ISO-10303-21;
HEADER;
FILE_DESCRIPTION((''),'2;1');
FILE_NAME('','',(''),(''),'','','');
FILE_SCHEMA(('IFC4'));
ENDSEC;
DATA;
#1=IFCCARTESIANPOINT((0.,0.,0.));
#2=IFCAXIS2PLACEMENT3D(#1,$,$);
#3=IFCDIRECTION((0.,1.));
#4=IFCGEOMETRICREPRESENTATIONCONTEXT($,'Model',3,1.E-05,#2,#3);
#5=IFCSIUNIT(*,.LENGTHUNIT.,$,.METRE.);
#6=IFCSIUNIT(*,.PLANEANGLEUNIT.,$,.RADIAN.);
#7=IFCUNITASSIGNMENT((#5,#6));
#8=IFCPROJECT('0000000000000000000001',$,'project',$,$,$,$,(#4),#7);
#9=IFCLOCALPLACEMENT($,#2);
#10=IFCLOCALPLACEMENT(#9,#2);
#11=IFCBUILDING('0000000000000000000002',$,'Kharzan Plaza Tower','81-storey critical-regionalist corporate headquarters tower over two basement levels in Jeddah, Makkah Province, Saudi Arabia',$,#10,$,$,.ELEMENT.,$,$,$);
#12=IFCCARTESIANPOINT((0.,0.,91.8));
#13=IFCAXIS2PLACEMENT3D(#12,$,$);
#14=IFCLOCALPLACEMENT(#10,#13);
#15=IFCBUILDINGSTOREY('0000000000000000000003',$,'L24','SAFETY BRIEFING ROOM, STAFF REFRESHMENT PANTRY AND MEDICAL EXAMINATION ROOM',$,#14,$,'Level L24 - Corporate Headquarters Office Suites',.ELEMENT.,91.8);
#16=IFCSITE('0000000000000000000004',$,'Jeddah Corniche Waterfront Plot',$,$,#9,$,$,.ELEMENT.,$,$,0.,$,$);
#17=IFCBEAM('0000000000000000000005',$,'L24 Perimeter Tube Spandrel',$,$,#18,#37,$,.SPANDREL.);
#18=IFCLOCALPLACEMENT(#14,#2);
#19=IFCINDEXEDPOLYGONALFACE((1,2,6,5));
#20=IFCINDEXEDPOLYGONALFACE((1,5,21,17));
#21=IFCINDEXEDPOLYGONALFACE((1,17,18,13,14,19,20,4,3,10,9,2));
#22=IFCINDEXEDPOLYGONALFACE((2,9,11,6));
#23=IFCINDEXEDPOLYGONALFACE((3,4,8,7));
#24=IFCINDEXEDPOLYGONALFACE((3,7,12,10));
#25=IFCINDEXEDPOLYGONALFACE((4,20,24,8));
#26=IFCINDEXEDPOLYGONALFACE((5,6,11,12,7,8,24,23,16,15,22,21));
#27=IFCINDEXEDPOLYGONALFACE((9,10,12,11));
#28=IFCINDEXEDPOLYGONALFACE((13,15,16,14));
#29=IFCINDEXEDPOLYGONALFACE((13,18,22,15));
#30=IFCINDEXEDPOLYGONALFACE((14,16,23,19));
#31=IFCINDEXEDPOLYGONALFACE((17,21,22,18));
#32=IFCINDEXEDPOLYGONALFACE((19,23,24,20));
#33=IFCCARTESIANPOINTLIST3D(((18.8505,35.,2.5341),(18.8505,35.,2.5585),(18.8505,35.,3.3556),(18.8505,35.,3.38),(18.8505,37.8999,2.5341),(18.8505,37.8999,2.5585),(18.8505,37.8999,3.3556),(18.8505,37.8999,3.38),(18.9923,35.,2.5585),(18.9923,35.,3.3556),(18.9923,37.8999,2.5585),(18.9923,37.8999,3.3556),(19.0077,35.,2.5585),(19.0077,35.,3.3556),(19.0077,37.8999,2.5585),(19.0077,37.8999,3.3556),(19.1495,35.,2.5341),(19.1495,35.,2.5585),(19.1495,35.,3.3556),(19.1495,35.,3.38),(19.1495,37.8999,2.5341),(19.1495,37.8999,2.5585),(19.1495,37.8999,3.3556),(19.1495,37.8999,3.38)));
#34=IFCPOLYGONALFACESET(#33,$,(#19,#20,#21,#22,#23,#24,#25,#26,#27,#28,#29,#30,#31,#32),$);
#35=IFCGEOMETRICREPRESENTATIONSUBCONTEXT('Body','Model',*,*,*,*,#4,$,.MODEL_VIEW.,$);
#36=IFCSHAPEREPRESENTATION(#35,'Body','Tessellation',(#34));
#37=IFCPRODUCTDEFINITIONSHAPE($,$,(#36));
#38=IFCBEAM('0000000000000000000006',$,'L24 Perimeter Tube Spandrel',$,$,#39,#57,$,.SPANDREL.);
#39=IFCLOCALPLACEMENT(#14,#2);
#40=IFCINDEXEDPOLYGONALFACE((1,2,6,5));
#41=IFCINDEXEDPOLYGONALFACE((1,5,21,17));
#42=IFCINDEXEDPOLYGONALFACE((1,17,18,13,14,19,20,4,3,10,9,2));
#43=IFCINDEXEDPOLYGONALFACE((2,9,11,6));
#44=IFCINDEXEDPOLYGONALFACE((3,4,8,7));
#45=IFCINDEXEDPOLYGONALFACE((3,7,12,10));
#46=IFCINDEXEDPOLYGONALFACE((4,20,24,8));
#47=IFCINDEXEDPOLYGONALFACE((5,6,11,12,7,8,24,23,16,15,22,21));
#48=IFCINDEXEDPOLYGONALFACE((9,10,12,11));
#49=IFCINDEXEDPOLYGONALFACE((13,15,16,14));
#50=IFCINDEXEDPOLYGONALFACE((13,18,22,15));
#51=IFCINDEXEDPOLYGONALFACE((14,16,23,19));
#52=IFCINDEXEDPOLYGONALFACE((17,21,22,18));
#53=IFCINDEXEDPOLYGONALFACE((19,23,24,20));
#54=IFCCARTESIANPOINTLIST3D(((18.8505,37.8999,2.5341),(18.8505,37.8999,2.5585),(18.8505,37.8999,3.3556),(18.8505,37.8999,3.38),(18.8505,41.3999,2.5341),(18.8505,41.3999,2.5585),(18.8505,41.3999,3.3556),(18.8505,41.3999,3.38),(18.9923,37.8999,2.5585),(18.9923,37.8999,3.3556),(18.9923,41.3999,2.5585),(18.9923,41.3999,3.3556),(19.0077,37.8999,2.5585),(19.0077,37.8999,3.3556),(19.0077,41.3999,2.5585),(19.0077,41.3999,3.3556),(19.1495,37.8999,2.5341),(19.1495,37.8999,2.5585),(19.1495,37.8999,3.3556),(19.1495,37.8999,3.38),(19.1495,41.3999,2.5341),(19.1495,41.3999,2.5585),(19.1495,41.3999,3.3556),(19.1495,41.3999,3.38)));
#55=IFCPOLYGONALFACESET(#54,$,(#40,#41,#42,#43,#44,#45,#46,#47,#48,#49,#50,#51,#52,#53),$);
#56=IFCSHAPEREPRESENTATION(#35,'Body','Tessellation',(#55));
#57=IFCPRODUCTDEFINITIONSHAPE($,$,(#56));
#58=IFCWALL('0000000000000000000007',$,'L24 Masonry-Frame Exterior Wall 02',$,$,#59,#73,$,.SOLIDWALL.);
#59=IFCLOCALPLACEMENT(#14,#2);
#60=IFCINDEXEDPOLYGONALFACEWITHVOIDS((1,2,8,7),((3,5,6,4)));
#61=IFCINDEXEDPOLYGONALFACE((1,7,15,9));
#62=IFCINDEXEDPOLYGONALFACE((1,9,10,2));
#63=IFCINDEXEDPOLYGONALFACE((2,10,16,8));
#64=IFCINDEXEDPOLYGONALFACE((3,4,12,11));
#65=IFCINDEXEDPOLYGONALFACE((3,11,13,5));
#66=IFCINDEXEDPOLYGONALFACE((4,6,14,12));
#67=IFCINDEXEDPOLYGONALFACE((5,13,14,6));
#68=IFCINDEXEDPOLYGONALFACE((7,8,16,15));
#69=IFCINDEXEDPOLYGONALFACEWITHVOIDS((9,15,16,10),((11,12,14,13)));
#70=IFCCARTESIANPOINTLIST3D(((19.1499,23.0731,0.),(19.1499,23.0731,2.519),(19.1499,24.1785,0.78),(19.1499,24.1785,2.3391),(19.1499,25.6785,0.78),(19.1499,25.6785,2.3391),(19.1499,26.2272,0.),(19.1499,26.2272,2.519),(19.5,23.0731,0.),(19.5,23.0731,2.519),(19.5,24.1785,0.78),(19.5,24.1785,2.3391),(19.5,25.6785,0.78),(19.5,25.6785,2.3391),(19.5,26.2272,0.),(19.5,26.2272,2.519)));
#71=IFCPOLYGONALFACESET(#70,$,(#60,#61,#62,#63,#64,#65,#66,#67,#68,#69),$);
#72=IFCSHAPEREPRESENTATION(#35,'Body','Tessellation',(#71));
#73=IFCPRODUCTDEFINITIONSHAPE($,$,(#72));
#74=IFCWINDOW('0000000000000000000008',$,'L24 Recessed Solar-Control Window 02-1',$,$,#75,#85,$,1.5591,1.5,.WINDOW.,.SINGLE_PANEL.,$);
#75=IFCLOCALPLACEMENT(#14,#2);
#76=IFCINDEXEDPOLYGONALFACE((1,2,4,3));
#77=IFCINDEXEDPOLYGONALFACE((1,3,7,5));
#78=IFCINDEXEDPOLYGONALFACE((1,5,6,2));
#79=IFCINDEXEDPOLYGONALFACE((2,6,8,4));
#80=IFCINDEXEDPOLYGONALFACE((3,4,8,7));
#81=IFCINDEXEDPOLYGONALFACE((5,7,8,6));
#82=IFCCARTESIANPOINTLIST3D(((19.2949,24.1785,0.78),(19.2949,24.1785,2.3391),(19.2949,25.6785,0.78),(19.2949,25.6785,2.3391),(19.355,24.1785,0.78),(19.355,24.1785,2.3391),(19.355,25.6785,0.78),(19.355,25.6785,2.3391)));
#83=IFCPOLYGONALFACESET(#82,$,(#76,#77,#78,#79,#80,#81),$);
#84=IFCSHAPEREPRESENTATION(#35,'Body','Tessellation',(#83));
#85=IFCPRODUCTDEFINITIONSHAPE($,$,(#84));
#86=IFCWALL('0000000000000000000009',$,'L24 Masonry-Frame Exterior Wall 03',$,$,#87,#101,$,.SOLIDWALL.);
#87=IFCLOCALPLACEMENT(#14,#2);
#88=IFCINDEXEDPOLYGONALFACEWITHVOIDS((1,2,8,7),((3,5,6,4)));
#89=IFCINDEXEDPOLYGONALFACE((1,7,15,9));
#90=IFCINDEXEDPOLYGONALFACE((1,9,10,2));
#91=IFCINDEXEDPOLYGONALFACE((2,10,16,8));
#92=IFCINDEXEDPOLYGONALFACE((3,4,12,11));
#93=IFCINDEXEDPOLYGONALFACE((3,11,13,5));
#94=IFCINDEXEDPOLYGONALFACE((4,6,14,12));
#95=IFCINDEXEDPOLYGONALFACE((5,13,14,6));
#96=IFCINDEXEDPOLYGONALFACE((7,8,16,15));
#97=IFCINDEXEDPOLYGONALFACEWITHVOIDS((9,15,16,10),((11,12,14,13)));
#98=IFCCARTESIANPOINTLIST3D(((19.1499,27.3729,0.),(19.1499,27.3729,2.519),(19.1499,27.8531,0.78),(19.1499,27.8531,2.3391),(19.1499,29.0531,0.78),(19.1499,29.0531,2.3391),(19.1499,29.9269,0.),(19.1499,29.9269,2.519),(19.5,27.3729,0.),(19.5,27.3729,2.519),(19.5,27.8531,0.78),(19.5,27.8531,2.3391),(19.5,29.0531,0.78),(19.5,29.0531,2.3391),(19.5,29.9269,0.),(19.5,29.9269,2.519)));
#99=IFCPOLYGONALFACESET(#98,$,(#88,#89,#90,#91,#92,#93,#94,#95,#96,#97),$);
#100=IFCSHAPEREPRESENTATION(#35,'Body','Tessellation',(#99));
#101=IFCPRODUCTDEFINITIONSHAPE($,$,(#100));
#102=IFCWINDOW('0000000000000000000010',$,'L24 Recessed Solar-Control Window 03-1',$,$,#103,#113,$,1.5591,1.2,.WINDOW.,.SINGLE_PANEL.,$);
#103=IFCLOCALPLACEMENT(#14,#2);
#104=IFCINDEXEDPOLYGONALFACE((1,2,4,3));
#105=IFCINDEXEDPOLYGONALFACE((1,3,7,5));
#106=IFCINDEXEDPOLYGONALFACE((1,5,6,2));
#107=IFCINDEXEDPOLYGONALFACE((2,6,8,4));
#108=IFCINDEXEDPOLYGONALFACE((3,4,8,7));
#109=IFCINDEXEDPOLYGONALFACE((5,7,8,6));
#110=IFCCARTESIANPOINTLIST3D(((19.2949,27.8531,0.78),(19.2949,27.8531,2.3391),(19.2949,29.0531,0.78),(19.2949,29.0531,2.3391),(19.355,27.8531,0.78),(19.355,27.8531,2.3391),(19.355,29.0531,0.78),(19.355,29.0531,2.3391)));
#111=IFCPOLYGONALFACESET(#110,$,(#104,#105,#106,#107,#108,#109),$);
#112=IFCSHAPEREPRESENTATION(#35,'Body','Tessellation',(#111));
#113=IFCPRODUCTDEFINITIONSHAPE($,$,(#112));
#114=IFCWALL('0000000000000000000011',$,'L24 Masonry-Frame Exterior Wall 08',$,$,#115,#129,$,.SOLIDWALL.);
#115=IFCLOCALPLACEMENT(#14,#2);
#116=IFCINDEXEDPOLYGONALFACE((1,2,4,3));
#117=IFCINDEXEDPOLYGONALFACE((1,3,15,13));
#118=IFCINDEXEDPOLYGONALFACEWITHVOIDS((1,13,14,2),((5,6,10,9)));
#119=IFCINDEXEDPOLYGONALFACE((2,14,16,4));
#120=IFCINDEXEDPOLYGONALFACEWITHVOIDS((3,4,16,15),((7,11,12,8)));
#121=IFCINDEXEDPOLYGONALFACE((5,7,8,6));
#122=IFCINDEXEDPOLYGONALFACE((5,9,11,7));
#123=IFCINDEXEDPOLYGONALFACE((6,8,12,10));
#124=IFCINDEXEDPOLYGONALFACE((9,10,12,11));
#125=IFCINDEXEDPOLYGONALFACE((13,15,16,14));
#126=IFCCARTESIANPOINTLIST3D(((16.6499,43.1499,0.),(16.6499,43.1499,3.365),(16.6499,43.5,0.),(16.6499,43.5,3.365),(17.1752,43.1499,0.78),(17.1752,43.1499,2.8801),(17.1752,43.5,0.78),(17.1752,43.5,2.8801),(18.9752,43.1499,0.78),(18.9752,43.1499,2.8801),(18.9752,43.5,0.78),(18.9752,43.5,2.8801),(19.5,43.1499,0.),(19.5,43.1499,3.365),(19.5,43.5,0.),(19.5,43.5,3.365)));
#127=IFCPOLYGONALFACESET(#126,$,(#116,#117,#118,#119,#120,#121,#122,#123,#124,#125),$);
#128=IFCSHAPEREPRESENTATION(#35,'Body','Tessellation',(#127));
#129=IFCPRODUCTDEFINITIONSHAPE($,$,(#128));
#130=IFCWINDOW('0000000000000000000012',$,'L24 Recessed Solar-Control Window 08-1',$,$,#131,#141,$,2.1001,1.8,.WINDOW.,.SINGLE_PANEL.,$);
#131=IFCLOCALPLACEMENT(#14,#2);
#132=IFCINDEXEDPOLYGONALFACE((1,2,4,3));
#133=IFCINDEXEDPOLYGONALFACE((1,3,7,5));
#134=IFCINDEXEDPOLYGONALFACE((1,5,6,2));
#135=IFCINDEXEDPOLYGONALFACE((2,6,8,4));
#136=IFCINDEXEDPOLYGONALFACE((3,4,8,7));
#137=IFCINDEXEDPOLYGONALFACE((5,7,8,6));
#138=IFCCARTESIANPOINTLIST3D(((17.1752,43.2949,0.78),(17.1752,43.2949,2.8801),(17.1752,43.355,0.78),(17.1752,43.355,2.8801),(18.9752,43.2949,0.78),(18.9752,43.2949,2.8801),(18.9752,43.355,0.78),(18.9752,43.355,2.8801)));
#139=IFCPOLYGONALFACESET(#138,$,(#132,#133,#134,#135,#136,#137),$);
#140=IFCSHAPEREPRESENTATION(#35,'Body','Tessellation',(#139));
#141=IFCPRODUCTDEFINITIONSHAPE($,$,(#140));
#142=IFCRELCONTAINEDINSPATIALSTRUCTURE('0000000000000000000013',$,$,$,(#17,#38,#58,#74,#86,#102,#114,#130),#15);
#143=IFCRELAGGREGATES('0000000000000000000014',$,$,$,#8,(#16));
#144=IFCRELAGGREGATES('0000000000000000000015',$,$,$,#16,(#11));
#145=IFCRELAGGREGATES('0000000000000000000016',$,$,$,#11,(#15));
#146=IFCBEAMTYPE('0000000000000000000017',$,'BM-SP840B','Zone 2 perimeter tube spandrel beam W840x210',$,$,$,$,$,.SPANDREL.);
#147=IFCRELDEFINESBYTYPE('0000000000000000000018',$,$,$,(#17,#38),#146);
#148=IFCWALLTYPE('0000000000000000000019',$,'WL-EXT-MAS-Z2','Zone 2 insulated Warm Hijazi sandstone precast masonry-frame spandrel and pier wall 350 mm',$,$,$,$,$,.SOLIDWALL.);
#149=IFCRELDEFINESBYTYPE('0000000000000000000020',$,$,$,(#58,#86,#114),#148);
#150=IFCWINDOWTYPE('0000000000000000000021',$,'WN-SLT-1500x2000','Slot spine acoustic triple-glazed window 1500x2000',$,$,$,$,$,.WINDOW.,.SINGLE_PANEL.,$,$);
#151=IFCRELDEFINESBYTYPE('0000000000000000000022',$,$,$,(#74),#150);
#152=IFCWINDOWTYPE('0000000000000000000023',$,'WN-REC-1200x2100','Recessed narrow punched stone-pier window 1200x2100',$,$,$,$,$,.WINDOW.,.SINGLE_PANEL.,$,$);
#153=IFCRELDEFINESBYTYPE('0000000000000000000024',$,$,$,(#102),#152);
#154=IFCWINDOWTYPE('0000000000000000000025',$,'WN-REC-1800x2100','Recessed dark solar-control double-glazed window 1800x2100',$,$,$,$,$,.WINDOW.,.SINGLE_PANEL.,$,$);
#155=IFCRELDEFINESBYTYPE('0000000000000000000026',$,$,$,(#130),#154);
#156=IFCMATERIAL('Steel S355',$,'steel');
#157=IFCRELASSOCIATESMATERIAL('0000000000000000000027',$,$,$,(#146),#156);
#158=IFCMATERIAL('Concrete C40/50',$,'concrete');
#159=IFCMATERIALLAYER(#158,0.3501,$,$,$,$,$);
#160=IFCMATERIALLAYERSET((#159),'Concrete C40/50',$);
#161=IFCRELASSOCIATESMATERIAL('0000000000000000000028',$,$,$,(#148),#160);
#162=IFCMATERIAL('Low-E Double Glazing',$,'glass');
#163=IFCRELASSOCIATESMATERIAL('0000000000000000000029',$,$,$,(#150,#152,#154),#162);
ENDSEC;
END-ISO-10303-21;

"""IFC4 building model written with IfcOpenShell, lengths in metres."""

from ifc_helpers import new_model, si_unit, direction, frame, frame_2d, origin, origin_2d, place, context, subcontext, project, spatial, rectangle, i_section, extrude, source, transform, mapped, material, layer, layer_set, material_profile, profile_set, type_object, element, fill, save


model = new_model("IFC4")

# Units and contexts
model_context = context("Model", 3, precision=1e-05, world=origin(), true_north=direction((0.0, 1.0)))
body_context = subcontext(model_context, "Body", "Model", "MODEL_VIEW")
ifc_project = project(units=[si_unit("LENGTHUNIT", "METRE"), si_unit("PLANEANGLEUNIT", "RADIAN")], contexts=[model_context])

# Site, building, storey
site_placement = place(None, origin())
site = spatial("IfcSite", under=ifc_project, at=site_placement, Name="Jeddah Corniche Waterfront Plot", CompositionType="ELEMENT", RefElevation=0.0)
building_placement = place(site_placement, origin())
building = spatial("IfcBuilding", under=site, at=building_placement, Name="Kharzan Plaza Tower", Description="81-storey critical-regionalist corporate headquarters tower over two basement levels in Jeddah, Makkah Province, Saudi Arabia", CompositionType="ELEMENT")
storey_placement = place(building_placement, frame((0.0, 0.0, 91.8)))
storey = spatial("IfcBuildingStorey", under=building, at=storey_placement, Name="L24", Description="SAFETY BRIEFING ROOM, STAFF REFRESHMENT PANTRY AND MEDICAL EXAMINATION ROOM", LongName="Level L24 - Corporate Headquarters Office Suites", CompositionType="ELEMENT", Elevation=91.8)

# Beams
ifc_material_1 = material(Name="Steel S355", Category="steel")
ifc_material_profile_1 = material_profile(ifc_material_1, i_section(OverallWidth=0.2991, OverallDepth=0.8459, WebThickness=0.0154, FlangeThickness=0.0244, at=origin_2d()), Name="W840x210")
ifc_profile_set_1 = profile_set([ifc_material_profile_1], Name="Steel S355")
beam_type = type_object("IfcBeamType", Name="BM-SP840B", Description="Zone 2 perimeter tube spandrel beam W840x210", PredefinedType="SPANDREL", material=ifc_profile_set_1)
shared_shape_1 = source(origin(), body_context, "Body", "SweptSolid", [
    extrude(i_section(OverallWidth=0.2991, OverallDepth=0.8459, WebThickness=0.0154, FlangeThickness=0.0244, at=origin_2d()), origin(), (0.0, 0.0, 1.0), 2.8999),
])
beam_1_placement = place(storey_placement, frame((19.0, 35.0, 2.957), z_axis=(0.0, 1.0, 0.0), x_axis=(-1.0, 0.0, 0.0)))
element("IfcBeam", 1, at=beam_1_placement, inside=storey, type_object=beam_type, Name="L24 Perimeter Tube Spandrel", PredefinedType="SPANDREL", context=body_context, shape_type="MappedRepresentation", body=[
    mapped(shared_shape_1, transform((0.0, 0.0, 0.0), x_axis=(1.0, 0.0, 0.0), y_axis=(0.0, 1.0, 0.0), z_axis=(0.0, 0.0, 1.0))),
])
shared_shape_2 = source(origin(), body_context, "Body", "SweptSolid", [
    extrude(i_section(OverallWidth=0.2991, OverallDepth=0.8459, WebThickness=0.0154, FlangeThickness=0.0244, at=origin_2d()), origin(), (0.0, 0.0, 1.0), 3.5),
])
beam_2_placement = place(storey_placement, frame((19.0, 37.8999, 2.957), z_axis=(0.0, 1.0, 0.0), x_axis=(-1.0, 0.0, 0.0)))
element("IfcBeam", 2, at=beam_2_placement, inside=storey, type_object=beam_type, Name="L24 Perimeter Tube Spandrel", PredefinedType="SPANDREL", context=body_context, shape_type="MappedRepresentation", body=[
    mapped(shared_shape_2, transform((0.0, 0.0, 0.0), x_axis=(1.0, 0.0, 0.0), y_axis=(0.0, 1.0, 0.0), z_axis=(0.0, 0.0, 1.0))),
])

# Walls, openings, windows
ifc_material_2 = material(Name="Concrete C40/50", Category="concrete")
ifc_layer_1 = layer(ifc_material_2, 0.3501)
ifc_layer_set_1 = layer_set([ifc_layer_1], Name="Concrete C40/50")
wall_type_1 = type_object("IfcWallType", Name="WL-EXT-MAS-Z2", Description="Zone 2 insulated Warm Hijazi sandstone precast masonry-frame spandrel and pier wall 350 mm", PredefinedType="SOLIDWALL", material=ifc_layer_set_1)
wall_1_placement = place(storey_placement, frame((19.325, 23.073, 0.0), z_axis=(0.0, 0.0, 1.0), x_axis=(0.0, 1.0, 0.0)))
wall_1 = element("IfcWall", 3, at=wall_1_placement, inside=storey, type_object=wall_type_1, Name="L24 Masonry-Frame Exterior Wall 02", PredefinedType="SOLIDWALL", context=body_context, shape_type="SweptSolid", body=[
    extrude(rectangle(XDim=3.1541, YDim=0.3501, at=frame_2d((1.5771, 0.0))), origin(), (0.0, 0.0, 1.0), 2.519),
])
opening_1_placement = place(wall_1_placement, frame((1.1055, 0.0, 0.78)))
opening_1 = element("IfcOpeningElement", 4, at=opening_1_placement, cuts=wall_1, PredefinedType="OPENING", context=body_context, shape_type="SweptSolid", body=[
    extrude(rectangle(XDim=1.5, YDim=1.5591, at=frame_2d((0.75, 0.7795))), frame((0.0, 0.1851, 0.0), z_axis=(0.0, -1.0, 0.0), x_axis=(1.0, 0.0, 0.0)), (0.0, 0.0, 1.0), 0.3701),
])
ifc_material_3 = material(Name="Low-E Double Glazing", Category="glass")
window_type_1 = type_object("IfcWindowType", Name="WN-SLT-1500x2000", Description="Slot spine acoustic triple-glazed window 1500x2000", PartitioningType="SINGLE_PANEL", PredefinedType="WINDOW", material=ifc_material_3)
shared_shape_3 = source(origin(), body_context, "Body", "SweptSolid", [
    extrude(rectangle(XDim=1.5, YDim=1.5591, at=frame_2d((0.75, 0.7795))), frame((0.0, 0.03, 0.0), z_axis=(0.0, -1.0, 0.0), x_axis=(1.0, 0.0, 0.0)), (0.0, 0.0, 1.0), 0.0601),
])
window_1_placement = place(opening_1_placement, origin())
window_1 = element("IfcWindow", 5, at=window_1_placement, inside=storey, type_object=window_type_1, Name="L24 Recessed Solar-Control Window 02-1", OverallHeight=1.5591, OverallWidth=1.5, PartitioningType="SINGLE_PANEL", PredefinedType="WINDOW", context=body_context, shape_type="MappedRepresentation", body=[
    mapped(shared_shape_3, transform((0.0, 0.0, 0.0), x_axis=(1.0, 0.0, 0.0), y_axis=(0.0, 1.0, 0.0), z_axis=(0.0, 0.0, 1.0))),
])
fill(opening_1, window_1)
wall_2_placement = place(storey_placement, frame((19.325, 27.373, 0.0), z_axis=(0.0, 0.0, 1.0), x_axis=(0.0, 1.0, 0.0)))
wall_2 = element("IfcWall", 6, at=wall_2_placement, inside=storey, type_object=wall_type_1, Name="L24 Masonry-Frame Exterior Wall 03", PredefinedType="SOLIDWALL", context=body_context, shape_type="SweptSolid", body=[
    extrude(rectangle(XDim=2.554, YDim=0.3501, at=frame_2d((1.2769, 0.0))), origin(), (0.0, 0.0, 1.0), 2.519),
])
opening_2_placement = place(wall_2_placement, frame((0.48, 0.0, 0.78)))
opening_2 = element("IfcOpeningElement", 7, at=opening_2_placement, cuts=wall_2, PredefinedType="OPENING", context=body_context, shape_type="SweptSolid", body=[
    extrude(rectangle(XDim=1.2, YDim=1.5591, at=frame_2d((0.6001, 0.7795))), frame((0.0, 0.1851, 0.0), z_axis=(0.0, -1.0, 0.0), x_axis=(1.0, 0.0, 0.0)), (0.0, 0.0, 1.0), 0.3701),
])
window_type_2 = type_object("IfcWindowType", Name="WN-REC-1200x2100", Description="Recessed narrow punched stone-pier window 1200x2100", PartitioningType="SINGLE_PANEL", PredefinedType="WINDOW", material=ifc_material_3)
shared_shape_4 = source(origin(), body_context, "Body", "SweptSolid", [
    extrude(rectangle(XDim=1.2, YDim=1.5591, at=frame_2d((0.6001, 0.7795))), frame((0.0, 0.03, 0.0), z_axis=(0.0, -1.0, 0.0), x_axis=(1.0, 0.0, 0.0)), (0.0, 0.0, 1.0), 0.0601),
])
window_2_placement = place(opening_2_placement, origin())
window_2 = element("IfcWindow", 8, at=window_2_placement, inside=storey, type_object=window_type_2, Name="L24 Recessed Solar-Control Window 03-1", OverallHeight=1.5591, OverallWidth=1.2, PartitioningType="SINGLE_PANEL", PredefinedType="WINDOW", context=body_context, shape_type="MappedRepresentation", body=[
    mapped(shared_shape_4, transform((0.0, 0.0, 0.0), x_axis=(1.0, 0.0, 0.0), y_axis=(0.0, 1.0, 0.0), z_axis=(0.0, 0.0, 1.0))),
])
fill(opening_2, window_2)
wall_3_placement = place(storey_placement, frame((19.5, 43.325, 0.0), z_axis=(0.0, 0.0, 1.0), x_axis=(-1.0, 0.0, 0.0)))
wall_3 = element("IfcWall", 9, at=wall_3_placement, inside=storey, type_object=wall_type_1, Name="L24 Masonry-Frame Exterior Wall 08", PredefinedType="SOLIDWALL", context=body_context, shape_type="SweptSolid", body=[
    extrude(rectangle(XDim=2.8501, YDim=0.3501, at=frame_2d((1.425, 0.0))), origin(), (0.0, 0.0, 1.0), 3.365),
])
opening_3_placement = place(wall_3_placement, frame((0.5249, 0.0, 0.78)))
opening_3 = element("IfcOpeningElement", 10, at=opening_3_placement, cuts=wall_3, PredefinedType="OPENING", context=body_context, shape_type="SweptSolid", body=[
    extrude(rectangle(XDim=1.8, YDim=2.1001, at=frame_2d((0.8999, 1.05))), frame((0.0, 0.1851, 0.0), z_axis=(0.0, -1.0, 0.0), x_axis=(1.0, 0.0, 0.0)), (0.0, 0.0, 1.0), 0.3701),
])
window_type_3 = type_object("IfcWindowType", Name="WN-REC-1800x2100", Description="Recessed dark solar-control double-glazed window 1800x2100", PartitioningType="SINGLE_PANEL", PredefinedType="WINDOW", material=ifc_material_3)
shared_shape_5 = source(origin(), body_context, "Body", "SweptSolid", [
    extrude(rectangle(XDim=1.8, YDim=2.1001, at=frame_2d((0.8999, 1.05))), frame((0.0, 0.03, 0.0), z_axis=(0.0, -1.0, 0.0), x_axis=(1.0, 0.0, 0.0)), (0.0, 0.0, 1.0), 0.0601),
])
window_3_placement = place(opening_3_placement, origin())
window_3 = element("IfcWindow", 11, at=window_3_placement, inside=storey, type_object=window_type_3, Name="L24 Recessed Solar-Control Window 08-1", OverallHeight=2.1001, OverallWidth=1.8, PartitioningType="SINGLE_PANEL", PredefinedType="WINDOW", context=body_context, shape_type="MappedRepresentation", body=[
    mapped(shared_shape_5, transform((0.0, 0.0, 0.0), x_axis=(1.0, 0.0, 0.0), y_axis=(0.0, 1.0, 0.0), z_axis=(0.0, 0.0, 1.0))),
])
fill(opening_3, window_3)

save(model, "model.ifc")
